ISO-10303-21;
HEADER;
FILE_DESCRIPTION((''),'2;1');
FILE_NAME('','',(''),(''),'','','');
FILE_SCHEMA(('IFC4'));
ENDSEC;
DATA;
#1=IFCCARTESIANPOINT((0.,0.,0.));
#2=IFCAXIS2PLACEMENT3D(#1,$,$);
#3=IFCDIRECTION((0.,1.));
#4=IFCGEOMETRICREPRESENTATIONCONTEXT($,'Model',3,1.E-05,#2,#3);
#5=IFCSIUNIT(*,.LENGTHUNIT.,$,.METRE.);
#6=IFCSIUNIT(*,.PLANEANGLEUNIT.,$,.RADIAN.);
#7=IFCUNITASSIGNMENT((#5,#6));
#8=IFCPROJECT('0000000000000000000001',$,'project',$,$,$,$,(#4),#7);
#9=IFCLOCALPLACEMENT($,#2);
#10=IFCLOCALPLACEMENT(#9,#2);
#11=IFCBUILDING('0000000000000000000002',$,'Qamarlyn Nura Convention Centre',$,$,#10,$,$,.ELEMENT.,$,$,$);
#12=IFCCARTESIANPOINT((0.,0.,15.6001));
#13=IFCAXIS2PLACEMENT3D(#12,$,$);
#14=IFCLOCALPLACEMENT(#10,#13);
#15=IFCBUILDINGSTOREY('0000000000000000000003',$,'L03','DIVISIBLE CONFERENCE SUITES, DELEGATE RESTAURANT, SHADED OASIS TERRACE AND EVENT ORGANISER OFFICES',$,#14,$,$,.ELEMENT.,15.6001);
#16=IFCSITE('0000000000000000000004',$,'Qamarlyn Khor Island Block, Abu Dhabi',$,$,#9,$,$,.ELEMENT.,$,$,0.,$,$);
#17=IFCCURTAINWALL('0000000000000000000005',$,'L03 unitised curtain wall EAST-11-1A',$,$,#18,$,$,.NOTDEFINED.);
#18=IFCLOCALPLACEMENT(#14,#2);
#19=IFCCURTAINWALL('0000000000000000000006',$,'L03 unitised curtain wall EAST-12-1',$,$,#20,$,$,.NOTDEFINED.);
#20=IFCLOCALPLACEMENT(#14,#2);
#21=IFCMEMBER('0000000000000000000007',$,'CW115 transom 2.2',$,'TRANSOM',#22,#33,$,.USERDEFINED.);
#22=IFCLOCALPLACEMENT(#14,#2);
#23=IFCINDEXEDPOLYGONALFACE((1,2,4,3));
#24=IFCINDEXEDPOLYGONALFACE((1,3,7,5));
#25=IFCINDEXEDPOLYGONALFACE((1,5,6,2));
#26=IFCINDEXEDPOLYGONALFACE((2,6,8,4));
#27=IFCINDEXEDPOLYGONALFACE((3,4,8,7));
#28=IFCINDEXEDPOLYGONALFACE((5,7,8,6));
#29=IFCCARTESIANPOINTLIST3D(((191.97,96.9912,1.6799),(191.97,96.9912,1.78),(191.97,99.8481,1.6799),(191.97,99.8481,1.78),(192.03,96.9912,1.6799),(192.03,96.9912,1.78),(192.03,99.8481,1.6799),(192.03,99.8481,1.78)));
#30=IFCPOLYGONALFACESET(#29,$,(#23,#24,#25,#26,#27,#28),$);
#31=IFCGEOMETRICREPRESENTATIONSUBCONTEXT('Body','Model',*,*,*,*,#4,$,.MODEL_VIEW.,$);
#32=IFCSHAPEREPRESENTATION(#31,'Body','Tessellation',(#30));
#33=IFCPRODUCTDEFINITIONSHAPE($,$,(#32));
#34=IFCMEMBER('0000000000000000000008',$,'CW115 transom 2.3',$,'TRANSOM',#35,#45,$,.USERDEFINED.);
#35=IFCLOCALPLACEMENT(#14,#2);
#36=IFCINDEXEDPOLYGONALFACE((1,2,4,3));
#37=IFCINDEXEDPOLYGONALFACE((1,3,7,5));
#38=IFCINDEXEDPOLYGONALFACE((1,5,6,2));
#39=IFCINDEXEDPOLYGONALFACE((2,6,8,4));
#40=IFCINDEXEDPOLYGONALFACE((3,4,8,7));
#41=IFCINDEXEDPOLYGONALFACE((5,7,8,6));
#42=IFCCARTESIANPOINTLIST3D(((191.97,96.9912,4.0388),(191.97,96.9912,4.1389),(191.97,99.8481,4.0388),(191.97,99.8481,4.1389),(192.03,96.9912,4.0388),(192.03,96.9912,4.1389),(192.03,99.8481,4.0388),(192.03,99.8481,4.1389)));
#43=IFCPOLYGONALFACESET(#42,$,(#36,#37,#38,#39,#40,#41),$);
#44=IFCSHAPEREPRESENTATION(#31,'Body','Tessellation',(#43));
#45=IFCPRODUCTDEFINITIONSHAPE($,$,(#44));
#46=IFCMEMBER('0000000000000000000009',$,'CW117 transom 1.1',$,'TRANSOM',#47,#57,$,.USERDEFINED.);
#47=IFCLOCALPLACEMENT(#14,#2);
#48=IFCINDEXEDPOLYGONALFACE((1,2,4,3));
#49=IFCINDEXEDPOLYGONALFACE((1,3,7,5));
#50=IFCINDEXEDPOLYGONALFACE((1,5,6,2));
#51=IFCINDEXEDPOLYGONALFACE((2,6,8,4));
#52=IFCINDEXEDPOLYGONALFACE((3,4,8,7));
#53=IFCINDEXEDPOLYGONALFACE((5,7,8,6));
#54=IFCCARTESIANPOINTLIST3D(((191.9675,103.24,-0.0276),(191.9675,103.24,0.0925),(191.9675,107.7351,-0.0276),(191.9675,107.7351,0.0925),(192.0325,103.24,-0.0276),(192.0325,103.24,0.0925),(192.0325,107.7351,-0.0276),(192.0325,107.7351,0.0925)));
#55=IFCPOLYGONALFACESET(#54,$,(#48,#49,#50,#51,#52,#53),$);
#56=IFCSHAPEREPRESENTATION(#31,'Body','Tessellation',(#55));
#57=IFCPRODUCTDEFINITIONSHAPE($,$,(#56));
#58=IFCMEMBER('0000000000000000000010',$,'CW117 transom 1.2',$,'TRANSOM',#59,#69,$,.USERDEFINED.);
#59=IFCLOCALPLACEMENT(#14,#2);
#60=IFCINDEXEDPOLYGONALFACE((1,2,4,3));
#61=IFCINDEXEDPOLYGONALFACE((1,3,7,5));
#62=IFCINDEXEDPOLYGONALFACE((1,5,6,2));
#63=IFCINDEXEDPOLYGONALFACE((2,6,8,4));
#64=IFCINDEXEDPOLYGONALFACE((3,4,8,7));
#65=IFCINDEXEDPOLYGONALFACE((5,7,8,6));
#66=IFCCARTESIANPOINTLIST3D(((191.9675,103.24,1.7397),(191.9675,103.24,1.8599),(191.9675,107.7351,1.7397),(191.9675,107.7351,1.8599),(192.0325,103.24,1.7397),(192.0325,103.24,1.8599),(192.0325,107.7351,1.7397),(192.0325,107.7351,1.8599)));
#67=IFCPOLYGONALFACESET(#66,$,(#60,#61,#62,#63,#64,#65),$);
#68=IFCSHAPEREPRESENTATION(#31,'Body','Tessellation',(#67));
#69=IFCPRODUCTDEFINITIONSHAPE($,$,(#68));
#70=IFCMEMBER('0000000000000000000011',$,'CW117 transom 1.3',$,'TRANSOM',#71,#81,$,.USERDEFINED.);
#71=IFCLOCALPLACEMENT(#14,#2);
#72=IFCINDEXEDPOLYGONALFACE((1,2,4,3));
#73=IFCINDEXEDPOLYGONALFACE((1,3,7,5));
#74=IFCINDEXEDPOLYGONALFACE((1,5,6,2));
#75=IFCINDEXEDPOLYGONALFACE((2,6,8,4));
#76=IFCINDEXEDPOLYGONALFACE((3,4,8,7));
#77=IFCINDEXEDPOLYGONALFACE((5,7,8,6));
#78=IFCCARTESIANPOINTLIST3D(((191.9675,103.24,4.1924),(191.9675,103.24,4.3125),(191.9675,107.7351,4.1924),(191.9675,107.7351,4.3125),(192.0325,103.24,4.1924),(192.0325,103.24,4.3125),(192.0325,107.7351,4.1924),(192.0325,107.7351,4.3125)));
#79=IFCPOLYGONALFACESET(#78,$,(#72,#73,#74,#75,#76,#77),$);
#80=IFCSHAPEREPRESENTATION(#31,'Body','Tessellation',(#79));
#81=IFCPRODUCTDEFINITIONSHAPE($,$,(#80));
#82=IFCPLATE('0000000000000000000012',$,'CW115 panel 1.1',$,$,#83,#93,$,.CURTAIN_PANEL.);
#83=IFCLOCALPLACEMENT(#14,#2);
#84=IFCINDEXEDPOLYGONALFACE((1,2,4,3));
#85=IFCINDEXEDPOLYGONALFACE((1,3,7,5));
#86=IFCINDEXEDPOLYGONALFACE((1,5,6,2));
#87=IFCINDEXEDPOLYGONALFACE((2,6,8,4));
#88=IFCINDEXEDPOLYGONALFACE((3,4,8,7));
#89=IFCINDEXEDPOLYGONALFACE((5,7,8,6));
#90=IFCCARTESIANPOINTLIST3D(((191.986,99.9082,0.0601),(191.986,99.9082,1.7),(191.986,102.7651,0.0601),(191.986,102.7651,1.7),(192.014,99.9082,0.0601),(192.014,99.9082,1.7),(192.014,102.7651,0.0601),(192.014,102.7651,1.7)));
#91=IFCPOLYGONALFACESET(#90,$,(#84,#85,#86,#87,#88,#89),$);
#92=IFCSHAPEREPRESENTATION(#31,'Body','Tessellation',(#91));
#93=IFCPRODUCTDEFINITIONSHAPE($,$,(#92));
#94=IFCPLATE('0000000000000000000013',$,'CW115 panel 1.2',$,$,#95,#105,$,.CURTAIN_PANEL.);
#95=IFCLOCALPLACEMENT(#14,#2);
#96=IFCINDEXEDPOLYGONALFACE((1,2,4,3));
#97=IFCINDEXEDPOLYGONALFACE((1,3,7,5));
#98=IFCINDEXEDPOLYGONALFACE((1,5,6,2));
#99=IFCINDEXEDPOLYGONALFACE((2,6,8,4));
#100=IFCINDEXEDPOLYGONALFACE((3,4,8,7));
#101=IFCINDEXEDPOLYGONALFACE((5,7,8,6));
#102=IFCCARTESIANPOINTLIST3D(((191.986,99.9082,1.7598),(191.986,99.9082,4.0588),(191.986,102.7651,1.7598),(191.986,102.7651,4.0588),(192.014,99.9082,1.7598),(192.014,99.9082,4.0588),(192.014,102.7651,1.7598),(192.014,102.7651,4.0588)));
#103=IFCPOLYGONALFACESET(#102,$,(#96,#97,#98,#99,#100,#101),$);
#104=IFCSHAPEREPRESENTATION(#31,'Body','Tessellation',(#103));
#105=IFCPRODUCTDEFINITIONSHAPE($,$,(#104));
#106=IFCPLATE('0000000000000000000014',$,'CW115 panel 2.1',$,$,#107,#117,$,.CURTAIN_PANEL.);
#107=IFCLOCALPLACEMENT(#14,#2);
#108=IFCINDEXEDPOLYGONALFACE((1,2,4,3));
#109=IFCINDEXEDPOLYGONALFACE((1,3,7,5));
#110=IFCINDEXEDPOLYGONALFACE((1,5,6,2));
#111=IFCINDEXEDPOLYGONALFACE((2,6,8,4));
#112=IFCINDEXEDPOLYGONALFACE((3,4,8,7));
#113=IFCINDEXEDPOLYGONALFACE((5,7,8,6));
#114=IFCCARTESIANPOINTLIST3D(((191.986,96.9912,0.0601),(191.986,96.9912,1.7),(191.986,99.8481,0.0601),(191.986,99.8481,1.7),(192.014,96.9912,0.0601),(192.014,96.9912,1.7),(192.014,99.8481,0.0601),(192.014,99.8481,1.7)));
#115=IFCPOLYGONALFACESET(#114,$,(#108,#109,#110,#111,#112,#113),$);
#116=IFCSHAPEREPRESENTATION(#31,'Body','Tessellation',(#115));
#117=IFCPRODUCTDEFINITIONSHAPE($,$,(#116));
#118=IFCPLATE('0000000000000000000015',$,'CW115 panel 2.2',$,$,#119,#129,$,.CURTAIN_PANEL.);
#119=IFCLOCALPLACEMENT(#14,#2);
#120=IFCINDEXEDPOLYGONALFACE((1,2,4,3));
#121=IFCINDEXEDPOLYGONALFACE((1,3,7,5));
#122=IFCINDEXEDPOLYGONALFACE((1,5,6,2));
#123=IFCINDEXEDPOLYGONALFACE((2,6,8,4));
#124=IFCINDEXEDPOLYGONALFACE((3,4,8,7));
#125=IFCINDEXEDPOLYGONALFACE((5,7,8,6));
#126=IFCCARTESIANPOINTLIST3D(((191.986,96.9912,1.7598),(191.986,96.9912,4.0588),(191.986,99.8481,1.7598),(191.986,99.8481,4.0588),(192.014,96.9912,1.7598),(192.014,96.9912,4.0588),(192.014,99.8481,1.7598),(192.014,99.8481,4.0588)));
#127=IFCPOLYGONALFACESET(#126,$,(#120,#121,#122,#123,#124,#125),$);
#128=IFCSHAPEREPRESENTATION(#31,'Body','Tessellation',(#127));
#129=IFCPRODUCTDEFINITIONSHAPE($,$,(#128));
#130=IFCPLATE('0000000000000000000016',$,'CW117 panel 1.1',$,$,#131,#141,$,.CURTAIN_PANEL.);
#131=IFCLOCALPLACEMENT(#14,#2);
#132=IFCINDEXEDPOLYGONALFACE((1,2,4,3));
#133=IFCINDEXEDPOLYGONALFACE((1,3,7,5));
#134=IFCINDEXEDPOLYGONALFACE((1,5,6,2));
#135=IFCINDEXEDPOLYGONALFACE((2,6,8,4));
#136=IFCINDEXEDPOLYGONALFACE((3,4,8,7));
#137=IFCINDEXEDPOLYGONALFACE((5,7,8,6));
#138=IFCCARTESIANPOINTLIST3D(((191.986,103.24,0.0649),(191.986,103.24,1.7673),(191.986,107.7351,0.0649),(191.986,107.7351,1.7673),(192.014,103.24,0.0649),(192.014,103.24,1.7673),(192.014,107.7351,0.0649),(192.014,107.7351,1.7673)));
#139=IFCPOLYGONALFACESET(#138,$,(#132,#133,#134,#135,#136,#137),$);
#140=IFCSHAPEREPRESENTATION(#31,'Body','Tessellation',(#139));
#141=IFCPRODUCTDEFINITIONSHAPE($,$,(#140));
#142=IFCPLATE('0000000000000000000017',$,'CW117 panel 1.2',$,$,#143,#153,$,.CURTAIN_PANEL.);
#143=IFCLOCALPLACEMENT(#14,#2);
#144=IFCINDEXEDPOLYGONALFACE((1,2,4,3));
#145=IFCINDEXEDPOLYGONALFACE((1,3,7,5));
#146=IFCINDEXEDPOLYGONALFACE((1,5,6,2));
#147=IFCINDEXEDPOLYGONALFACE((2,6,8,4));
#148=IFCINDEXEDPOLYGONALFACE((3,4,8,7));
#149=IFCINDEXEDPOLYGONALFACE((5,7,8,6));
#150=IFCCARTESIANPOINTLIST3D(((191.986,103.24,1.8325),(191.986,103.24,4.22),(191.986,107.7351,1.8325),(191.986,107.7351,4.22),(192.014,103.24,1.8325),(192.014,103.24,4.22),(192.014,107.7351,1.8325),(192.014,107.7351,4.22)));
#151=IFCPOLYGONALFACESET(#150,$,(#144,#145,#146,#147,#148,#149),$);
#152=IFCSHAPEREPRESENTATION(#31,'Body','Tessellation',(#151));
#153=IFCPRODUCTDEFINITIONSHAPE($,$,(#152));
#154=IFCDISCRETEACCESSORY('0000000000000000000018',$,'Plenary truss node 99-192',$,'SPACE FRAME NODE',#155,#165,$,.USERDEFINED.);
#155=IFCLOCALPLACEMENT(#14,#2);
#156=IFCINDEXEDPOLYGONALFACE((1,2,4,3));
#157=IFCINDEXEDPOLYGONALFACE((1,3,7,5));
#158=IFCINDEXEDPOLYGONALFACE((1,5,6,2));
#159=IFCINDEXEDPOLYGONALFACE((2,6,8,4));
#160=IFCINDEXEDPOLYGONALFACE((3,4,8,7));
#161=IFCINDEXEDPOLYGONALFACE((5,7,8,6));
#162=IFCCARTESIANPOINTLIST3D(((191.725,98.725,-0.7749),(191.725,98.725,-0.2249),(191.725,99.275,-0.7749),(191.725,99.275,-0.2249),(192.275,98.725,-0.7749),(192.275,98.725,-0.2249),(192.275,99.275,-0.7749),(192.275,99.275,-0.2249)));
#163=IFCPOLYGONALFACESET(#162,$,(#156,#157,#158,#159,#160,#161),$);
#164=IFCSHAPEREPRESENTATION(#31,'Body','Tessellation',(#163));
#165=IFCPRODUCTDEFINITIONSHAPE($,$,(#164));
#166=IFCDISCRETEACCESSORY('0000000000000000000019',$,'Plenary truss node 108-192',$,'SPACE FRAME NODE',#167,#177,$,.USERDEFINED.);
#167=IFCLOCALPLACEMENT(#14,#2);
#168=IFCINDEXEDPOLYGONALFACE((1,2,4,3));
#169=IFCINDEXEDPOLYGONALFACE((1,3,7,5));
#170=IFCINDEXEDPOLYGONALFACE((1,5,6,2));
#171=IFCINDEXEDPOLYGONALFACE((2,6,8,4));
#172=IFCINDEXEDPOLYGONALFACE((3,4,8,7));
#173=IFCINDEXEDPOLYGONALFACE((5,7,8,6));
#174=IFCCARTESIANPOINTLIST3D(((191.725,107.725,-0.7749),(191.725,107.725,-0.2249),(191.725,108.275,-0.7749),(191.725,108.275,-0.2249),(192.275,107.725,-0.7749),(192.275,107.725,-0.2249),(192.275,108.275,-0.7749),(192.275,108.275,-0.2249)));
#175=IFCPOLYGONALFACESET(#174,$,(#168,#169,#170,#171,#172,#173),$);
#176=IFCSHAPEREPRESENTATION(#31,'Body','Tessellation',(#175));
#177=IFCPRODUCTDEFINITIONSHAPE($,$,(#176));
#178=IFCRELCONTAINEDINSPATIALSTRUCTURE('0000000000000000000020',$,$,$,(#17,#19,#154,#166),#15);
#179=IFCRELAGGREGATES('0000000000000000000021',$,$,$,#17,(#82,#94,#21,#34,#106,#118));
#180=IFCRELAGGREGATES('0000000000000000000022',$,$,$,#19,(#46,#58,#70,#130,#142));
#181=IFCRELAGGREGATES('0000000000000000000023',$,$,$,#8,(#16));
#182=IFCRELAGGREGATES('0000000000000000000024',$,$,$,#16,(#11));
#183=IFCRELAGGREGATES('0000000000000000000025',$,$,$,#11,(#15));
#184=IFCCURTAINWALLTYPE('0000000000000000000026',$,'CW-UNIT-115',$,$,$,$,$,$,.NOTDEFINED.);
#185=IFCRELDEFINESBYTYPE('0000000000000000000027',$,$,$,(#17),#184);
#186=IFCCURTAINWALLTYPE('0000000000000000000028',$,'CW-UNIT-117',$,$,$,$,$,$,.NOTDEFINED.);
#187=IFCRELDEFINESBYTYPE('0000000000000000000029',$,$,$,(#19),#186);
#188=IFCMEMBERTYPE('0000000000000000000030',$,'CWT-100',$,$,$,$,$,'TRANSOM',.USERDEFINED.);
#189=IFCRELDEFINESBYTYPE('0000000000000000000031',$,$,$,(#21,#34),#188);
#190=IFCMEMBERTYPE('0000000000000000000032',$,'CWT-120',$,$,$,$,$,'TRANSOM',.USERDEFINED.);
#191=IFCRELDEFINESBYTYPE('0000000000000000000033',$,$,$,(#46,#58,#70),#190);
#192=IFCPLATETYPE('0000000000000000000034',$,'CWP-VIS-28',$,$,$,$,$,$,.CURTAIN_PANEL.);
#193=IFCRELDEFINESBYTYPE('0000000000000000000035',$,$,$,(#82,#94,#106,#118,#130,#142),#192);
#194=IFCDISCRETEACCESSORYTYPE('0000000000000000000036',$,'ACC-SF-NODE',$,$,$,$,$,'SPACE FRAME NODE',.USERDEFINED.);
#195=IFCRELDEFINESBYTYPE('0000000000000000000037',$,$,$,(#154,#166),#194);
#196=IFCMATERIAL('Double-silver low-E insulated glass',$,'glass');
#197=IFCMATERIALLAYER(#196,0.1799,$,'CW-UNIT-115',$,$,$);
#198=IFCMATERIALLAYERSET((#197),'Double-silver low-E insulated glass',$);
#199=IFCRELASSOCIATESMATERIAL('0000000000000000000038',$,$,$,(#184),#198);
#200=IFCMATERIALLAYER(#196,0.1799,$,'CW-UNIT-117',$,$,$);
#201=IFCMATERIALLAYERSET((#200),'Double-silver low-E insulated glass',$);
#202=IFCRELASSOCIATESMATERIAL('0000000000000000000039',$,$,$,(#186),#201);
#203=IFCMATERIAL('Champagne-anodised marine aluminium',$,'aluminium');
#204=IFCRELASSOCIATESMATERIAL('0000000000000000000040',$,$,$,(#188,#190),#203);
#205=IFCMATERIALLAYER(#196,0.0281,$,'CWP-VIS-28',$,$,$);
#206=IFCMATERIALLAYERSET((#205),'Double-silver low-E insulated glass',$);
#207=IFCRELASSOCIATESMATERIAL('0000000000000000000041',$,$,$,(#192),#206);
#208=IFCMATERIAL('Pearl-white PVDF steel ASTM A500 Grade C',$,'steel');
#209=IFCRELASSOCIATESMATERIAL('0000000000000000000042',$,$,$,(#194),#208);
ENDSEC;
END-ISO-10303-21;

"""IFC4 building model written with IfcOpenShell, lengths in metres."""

from ifc_helpers import new_model, si_unit, direction, frame, origin, origin_2d, place, context, subcontext, project, spatial, rectangle, extrude, material, layer, layer_set, material_profile, profile_set, type_object, element, aggregate, save


model = new_model("IFC4")

# Units and contexts
model_context = context("Model", 3, precision=1e-05, world=origin(), true_north=direction((0.0, 1.0)))
body_context = subcontext(model_context, "Body", "Model", "MODEL_VIEW")
ifc_project = project(units=[si_unit("LENGTHUNIT", "METRE"), si_unit("PLANEANGLEUNIT", "RADIAN")], contexts=[model_context])

# Site, building, storey
site_placement = place(None, origin())
site = spatial("IfcSite", under=ifc_project, at=site_placement, Name="Qamarlyn Khor Island Block, Abu Dhabi", CompositionType="ELEMENT", RefElevation=0.0)
building_placement = place(site_placement, origin())
building = spatial("IfcBuilding", under=site, at=building_placement, Name="Qamarlyn Nura Convention Centre", CompositionType="ELEMENT")
storey_placement = place(building_placement, frame((0.0, 0.0, 15.6001)))
storey = spatial("IfcBuildingStorey", under=building, at=storey_placement, Name="L03", Description="DIVISIBLE CONFERENCE SUITES, DELEGATE RESTAURANT, SHADED OASIS TERRACE AND EVENT ORGANISER OFFICES", CompositionType="ELEMENT", Elevation=15.6001)

# Curtain walls
ifc_material_1 = material(Name="Double-silver low-E insulated glass", Category="glass")
ifc_layer_1 = layer(ifc_material_1, 0.1799, Name="CW-UNIT-115")
ifc_layer_set_1 = layer_set([ifc_layer_1], Name="Double-silver low-E insulated glass")
curtain_wall_type_1 = type_object("IfcCurtainWallType", Name="CW-UNIT-115", PredefinedType="NOTDEFINED", material=ifc_layer_set_1)
curtain_wall_1_placement = place(storey_placement, origin())
curtain_wall_1 = element("IfcCurtainWall", 1, at=curtain_wall_1_placement, inside=storey, type_object=curtain_wall_type_1, Name="L03 unitised curtain wall EAST-11-1A", PredefinedType="NOTDEFINED")
ifc_material_2 = material(Name="Champagne-anodised marine aluminium", Category="aluminium")
ifc_layer_2 = layer(ifc_material_1, 0.1799, Name="CW-UNIT-117")
ifc_layer_set_2 = layer_set([ifc_layer_2], Name="Double-silver low-E insulated glass")
curtain_wall_type_2 = type_object("IfcCurtainWallType", Name="CW-UNIT-117", PredefinedType="NOTDEFINED", material=ifc_layer_set_2)
curtain_wall_2_placement = place(storey_placement, origin())
curtain_wall_2 = element("IfcCurtainWall", 2, at=curtain_wall_2_placement, inside=storey, type_object=curtain_wall_type_2, Name="L03 unitised curtain wall EAST-12-1", PredefinedType="NOTDEFINED")

# Members
ifc_material_profile_1 = material_profile(ifc_material_2, rectangle(XDim=0.0601, YDim=0.1001, at=origin_2d()), Name="ALU TRANSOM 60x100")
ifc_profile_set_1 = profile_set([ifc_material_profile_1], Name="Champagne-anodised marine aluminium")
member_type_1 = type_object("IfcMemberType", Name="CWT-100", ElementType="TRANSOM", PredefinedType="USERDEFINED", material=ifc_profile_set_1)
member_1_placement = place(storey_placement, frame((192.0, 99.8481, 1.73), z_axis=(0.0, -1.0, 0.0), x_axis=(1.0, 0.0, 0.0)))
member_1 = element("IfcMember", 3, at=member_1_placement, type_object=member_type_1, Name="CW115 transom 2.2", ObjectType="TRANSOM", PredefinedType="USERDEFINED", context=body_context, shape_type="SweptSolid", body=[
    extrude(rectangle(XDim=0.0601, YDim=0.1001, at=origin_2d()), origin(), (0.0, 0.0, 1.0), 2.8569),
])
member_2_placement = place(storey_placement, frame((192.0, 99.8481, 4.0889), z_axis=(0.0, -1.0, 0.0), x_axis=(1.0, 0.0, 0.0)))
member_2 = element("IfcMember", 4, at=member_2_placement, type_object=member_type_1, Name="CW115 transom 2.3", ObjectType="TRANSOM", PredefinedType="USERDEFINED", context=body_context, shape_type="SweptSolid", body=[
    extrude(rectangle(XDim=0.0601, YDim=0.1001, at=origin_2d()), origin(), (0.0, 0.0, 1.0), 2.8569),
])
ifc_material_profile_2 = material_profile(ifc_material_2, rectangle(XDim=0.0649, YDim=0.1201, at=origin_2d()), Name="ALU TRANSOM 65x120")
ifc_profile_set_2 = profile_set([ifc_material_profile_2], Name="Champagne-anodised marine aluminium")
member_type_2 = type_object("IfcMemberType", Name="CWT-120", ElementType="TRANSOM", PredefinedType="USERDEFINED", material=ifc_profile_set_2)
member_3_placement = place(storey_placement, frame((192.0, 107.7351, 0.0325), z_axis=(0.0, -1.0, 0.0), x_axis=(1.0, 0.0, 0.0)))
member_3 = element("IfcMember", 5, at=member_3_placement, type_object=member_type_2, Name="CW117 transom 1.1", ObjectType="TRANSOM", PredefinedType="USERDEFINED", context=body_context, shape_type="SweptSolid", body=[
    extrude(rectangle(XDim=0.0649, YDim=0.1201, at=origin_2d()), origin(), (0.0, 0.0, 1.0), 4.4951),
])
member_4_placement = place(storey_placement, frame((192.0, 107.7351, 1.7998), z_axis=(0.0, -1.0, 0.0), x_axis=(1.0, 0.0, 0.0)))
member_4 = element("IfcMember", 6, at=member_4_placement, type_object=member_type_2, Name="CW117 transom 1.2", ObjectType="TRANSOM", PredefinedType="USERDEFINED", context=body_context, shape_type="SweptSolid", body=[
    extrude(rectangle(XDim=0.0649, YDim=0.1201, at=origin_2d()), origin(), (0.0, 0.0, 1.0), 4.4951),
])
member_5_placement = place(storey_placement, frame((192.0, 107.7351, 4.2524), z_axis=(0.0, -1.0, 0.0), x_axis=(1.0, 0.0, 0.0)))
member_5 = element("IfcMember", 7, at=member_5_placement, type_object=member_type_2, Name="CW117 transom 1.3", ObjectType="TRANSOM", PredefinedType="USERDEFINED", context=body_context, shape_type="SweptSolid", body=[
    extrude(rectangle(XDim=0.0649, YDim=0.1201, at=origin_2d()), origin(), (0.0, 0.0, 1.0), 4.4951),
])

# Plates
ifc_layer_3 = layer(ifc_material_1, 0.0281, Name="CWP-VIS-28")
ifc_layer_set_3 = layer_set([ifc_layer_3], Name="Double-silver low-E insulated glass")
plate_type = type_object("IfcPlateType", Name="CWP-VIS-28", PredefinedType="CURTAIN_PANEL", material=ifc_layer_set_3)
plate_1_placement = place(storey_placement, frame((192.0, 101.3367, 0.0601), z_axis=(0.0, 0.0, 1.0), x_axis=(0.0, -1.0, 0.0)))
plate_1 = element("IfcPlate", 8, at=plate_1_placement, type_object=plate_type, Name="CW115 panel 1.1", PredefinedType="CURTAIN_PANEL", context=body_context, shape_type="SweptSolid", body=[
    extrude(rectangle(XDim=2.8569, YDim=0.0281, at=origin_2d()), origin(), (0.0, 0.0, 1.0), 1.6399),
])
plate_2_placement = place(storey_placement, frame((192.0, 101.3367, 1.7598), z_axis=(0.0, 0.0, 1.0), x_axis=(0.0, -1.0, 0.0)))
plate_2 = element("IfcPlate", 9, at=plate_2_placement, type_object=plate_type, Name="CW115 panel 1.2", PredefinedType="CURTAIN_PANEL", context=body_context, shape_type="SweptSolid", body=[
    extrude(rectangle(XDim=2.8569, YDim=0.0281, at=origin_2d()), origin(), (0.0, 0.0, 1.0), 2.2991),
])
plate_3_placement = place(storey_placement, frame((192.0, 98.4197, 0.0601), z_axis=(0.0, 0.0, 1.0), x_axis=(0.0, -1.0, 0.0)))
plate_3 = element("IfcPlate", 10, at=plate_3_placement, type_object=plate_type, Name="CW115 panel 2.1", PredefinedType="CURTAIN_PANEL", context=body_context, shape_type="SweptSolid", body=[
    extrude(rectangle(XDim=2.8569, YDim=0.0281, at=origin_2d()), origin(), (0.0, 0.0, 1.0), 1.6399),
])
plate_4_placement = place(storey_placement, frame((192.0, 98.4197, 1.7598), z_axis=(0.0, 0.0, 1.0), x_axis=(0.0, -1.0, 0.0)))
plate_4 = element("IfcPlate", 11, at=plate_4_placement, type_object=plate_type, Name="CW115 panel 2.2", PredefinedType="CURTAIN_PANEL", context=body_context, shape_type="SweptSolid", body=[
    extrude(rectangle(XDim=2.8569, YDim=0.0281, at=origin_2d()), origin(), (0.0, 0.0, 1.0), 2.2991),
])
aggregate(curtain_wall_1, [plate_1, plate_2, member_1, member_2, plate_3, plate_4])
plate_5_placement = place(storey_placement, frame((192.0, 105.4875, 0.0649), z_axis=(0.0, 0.0, 1.0), x_axis=(0.0, -1.0, 0.0)))
plate_5 = element("IfcPlate", 12, at=plate_5_placement, type_object=plate_type, Name="CW117 panel 1.1", PredefinedType="CURTAIN_PANEL", context=body_context, shape_type="SweptSolid", body=[
    extrude(rectangle(XDim=4.4951, YDim=0.0281, at=origin_2d()), origin(), (0.0, 0.0, 1.0), 1.7024),
])
plate_6_placement = place(storey_placement, frame((192.0, 105.4875, 1.8325), z_axis=(0.0, 0.0, 1.0), x_axis=(0.0, -1.0, 0.0)))
plate_6 = element("IfcPlate", 13, at=plate_6_placement, type_object=plate_type, Name="CW117 panel 1.2", PredefinedType="CURTAIN_PANEL", context=body_context, shape_type="SweptSolid", body=[
    extrude(rectangle(XDim=4.4951, YDim=0.0281, at=origin_2d()), origin(), (0.0, 0.0, 1.0), 2.3875),
])
aggregate(curtain_wall_2, [member_3, member_4, member_5, plate_5, plate_6])

# Discrete accessories
ifc_material_3 = material(Name="Pearl-white PVDF steel ASTM A500 Grade C", Category="steel")
discrete_accessory_type = type_object("IfcDiscreteAccessoryType", Name="ACC-SF-NODE", ElementType="SPACE FRAME NODE", PredefinedType="USERDEFINED", material=ifc_material_3)
for number, where, z_axis, x_axis, name in (
    (14, (192.0, 99.0, -0.7749), (0.0, 0.0, 1.0), (1.0, 0.0, 0.0), "Plenary truss node 99-192"),
    (15, (192.0, 108.0, -0.7749), (0.0, 0.0, 1.0), (1.0, 0.0, 0.0), "Plenary truss node 108-192"),
):
    element("IfcDiscreteAccessory", number, at=place(storey_placement, frame(where, z_axis=z_axis, x_axis=x_axis)), inside=storey, type_object=discrete_accessory_type, Name=name, ObjectType="SPACE FRAME NODE", PredefinedType="USERDEFINED", context=body_context, shape_type="SweptSolid", body=[
        extrude(rectangle(XDim=0.55, YDim=0.55, at=origin_2d()), origin(), (0.0, 0.0, 1.0), 0.55),
    ])

save(model, "model.ifc")
